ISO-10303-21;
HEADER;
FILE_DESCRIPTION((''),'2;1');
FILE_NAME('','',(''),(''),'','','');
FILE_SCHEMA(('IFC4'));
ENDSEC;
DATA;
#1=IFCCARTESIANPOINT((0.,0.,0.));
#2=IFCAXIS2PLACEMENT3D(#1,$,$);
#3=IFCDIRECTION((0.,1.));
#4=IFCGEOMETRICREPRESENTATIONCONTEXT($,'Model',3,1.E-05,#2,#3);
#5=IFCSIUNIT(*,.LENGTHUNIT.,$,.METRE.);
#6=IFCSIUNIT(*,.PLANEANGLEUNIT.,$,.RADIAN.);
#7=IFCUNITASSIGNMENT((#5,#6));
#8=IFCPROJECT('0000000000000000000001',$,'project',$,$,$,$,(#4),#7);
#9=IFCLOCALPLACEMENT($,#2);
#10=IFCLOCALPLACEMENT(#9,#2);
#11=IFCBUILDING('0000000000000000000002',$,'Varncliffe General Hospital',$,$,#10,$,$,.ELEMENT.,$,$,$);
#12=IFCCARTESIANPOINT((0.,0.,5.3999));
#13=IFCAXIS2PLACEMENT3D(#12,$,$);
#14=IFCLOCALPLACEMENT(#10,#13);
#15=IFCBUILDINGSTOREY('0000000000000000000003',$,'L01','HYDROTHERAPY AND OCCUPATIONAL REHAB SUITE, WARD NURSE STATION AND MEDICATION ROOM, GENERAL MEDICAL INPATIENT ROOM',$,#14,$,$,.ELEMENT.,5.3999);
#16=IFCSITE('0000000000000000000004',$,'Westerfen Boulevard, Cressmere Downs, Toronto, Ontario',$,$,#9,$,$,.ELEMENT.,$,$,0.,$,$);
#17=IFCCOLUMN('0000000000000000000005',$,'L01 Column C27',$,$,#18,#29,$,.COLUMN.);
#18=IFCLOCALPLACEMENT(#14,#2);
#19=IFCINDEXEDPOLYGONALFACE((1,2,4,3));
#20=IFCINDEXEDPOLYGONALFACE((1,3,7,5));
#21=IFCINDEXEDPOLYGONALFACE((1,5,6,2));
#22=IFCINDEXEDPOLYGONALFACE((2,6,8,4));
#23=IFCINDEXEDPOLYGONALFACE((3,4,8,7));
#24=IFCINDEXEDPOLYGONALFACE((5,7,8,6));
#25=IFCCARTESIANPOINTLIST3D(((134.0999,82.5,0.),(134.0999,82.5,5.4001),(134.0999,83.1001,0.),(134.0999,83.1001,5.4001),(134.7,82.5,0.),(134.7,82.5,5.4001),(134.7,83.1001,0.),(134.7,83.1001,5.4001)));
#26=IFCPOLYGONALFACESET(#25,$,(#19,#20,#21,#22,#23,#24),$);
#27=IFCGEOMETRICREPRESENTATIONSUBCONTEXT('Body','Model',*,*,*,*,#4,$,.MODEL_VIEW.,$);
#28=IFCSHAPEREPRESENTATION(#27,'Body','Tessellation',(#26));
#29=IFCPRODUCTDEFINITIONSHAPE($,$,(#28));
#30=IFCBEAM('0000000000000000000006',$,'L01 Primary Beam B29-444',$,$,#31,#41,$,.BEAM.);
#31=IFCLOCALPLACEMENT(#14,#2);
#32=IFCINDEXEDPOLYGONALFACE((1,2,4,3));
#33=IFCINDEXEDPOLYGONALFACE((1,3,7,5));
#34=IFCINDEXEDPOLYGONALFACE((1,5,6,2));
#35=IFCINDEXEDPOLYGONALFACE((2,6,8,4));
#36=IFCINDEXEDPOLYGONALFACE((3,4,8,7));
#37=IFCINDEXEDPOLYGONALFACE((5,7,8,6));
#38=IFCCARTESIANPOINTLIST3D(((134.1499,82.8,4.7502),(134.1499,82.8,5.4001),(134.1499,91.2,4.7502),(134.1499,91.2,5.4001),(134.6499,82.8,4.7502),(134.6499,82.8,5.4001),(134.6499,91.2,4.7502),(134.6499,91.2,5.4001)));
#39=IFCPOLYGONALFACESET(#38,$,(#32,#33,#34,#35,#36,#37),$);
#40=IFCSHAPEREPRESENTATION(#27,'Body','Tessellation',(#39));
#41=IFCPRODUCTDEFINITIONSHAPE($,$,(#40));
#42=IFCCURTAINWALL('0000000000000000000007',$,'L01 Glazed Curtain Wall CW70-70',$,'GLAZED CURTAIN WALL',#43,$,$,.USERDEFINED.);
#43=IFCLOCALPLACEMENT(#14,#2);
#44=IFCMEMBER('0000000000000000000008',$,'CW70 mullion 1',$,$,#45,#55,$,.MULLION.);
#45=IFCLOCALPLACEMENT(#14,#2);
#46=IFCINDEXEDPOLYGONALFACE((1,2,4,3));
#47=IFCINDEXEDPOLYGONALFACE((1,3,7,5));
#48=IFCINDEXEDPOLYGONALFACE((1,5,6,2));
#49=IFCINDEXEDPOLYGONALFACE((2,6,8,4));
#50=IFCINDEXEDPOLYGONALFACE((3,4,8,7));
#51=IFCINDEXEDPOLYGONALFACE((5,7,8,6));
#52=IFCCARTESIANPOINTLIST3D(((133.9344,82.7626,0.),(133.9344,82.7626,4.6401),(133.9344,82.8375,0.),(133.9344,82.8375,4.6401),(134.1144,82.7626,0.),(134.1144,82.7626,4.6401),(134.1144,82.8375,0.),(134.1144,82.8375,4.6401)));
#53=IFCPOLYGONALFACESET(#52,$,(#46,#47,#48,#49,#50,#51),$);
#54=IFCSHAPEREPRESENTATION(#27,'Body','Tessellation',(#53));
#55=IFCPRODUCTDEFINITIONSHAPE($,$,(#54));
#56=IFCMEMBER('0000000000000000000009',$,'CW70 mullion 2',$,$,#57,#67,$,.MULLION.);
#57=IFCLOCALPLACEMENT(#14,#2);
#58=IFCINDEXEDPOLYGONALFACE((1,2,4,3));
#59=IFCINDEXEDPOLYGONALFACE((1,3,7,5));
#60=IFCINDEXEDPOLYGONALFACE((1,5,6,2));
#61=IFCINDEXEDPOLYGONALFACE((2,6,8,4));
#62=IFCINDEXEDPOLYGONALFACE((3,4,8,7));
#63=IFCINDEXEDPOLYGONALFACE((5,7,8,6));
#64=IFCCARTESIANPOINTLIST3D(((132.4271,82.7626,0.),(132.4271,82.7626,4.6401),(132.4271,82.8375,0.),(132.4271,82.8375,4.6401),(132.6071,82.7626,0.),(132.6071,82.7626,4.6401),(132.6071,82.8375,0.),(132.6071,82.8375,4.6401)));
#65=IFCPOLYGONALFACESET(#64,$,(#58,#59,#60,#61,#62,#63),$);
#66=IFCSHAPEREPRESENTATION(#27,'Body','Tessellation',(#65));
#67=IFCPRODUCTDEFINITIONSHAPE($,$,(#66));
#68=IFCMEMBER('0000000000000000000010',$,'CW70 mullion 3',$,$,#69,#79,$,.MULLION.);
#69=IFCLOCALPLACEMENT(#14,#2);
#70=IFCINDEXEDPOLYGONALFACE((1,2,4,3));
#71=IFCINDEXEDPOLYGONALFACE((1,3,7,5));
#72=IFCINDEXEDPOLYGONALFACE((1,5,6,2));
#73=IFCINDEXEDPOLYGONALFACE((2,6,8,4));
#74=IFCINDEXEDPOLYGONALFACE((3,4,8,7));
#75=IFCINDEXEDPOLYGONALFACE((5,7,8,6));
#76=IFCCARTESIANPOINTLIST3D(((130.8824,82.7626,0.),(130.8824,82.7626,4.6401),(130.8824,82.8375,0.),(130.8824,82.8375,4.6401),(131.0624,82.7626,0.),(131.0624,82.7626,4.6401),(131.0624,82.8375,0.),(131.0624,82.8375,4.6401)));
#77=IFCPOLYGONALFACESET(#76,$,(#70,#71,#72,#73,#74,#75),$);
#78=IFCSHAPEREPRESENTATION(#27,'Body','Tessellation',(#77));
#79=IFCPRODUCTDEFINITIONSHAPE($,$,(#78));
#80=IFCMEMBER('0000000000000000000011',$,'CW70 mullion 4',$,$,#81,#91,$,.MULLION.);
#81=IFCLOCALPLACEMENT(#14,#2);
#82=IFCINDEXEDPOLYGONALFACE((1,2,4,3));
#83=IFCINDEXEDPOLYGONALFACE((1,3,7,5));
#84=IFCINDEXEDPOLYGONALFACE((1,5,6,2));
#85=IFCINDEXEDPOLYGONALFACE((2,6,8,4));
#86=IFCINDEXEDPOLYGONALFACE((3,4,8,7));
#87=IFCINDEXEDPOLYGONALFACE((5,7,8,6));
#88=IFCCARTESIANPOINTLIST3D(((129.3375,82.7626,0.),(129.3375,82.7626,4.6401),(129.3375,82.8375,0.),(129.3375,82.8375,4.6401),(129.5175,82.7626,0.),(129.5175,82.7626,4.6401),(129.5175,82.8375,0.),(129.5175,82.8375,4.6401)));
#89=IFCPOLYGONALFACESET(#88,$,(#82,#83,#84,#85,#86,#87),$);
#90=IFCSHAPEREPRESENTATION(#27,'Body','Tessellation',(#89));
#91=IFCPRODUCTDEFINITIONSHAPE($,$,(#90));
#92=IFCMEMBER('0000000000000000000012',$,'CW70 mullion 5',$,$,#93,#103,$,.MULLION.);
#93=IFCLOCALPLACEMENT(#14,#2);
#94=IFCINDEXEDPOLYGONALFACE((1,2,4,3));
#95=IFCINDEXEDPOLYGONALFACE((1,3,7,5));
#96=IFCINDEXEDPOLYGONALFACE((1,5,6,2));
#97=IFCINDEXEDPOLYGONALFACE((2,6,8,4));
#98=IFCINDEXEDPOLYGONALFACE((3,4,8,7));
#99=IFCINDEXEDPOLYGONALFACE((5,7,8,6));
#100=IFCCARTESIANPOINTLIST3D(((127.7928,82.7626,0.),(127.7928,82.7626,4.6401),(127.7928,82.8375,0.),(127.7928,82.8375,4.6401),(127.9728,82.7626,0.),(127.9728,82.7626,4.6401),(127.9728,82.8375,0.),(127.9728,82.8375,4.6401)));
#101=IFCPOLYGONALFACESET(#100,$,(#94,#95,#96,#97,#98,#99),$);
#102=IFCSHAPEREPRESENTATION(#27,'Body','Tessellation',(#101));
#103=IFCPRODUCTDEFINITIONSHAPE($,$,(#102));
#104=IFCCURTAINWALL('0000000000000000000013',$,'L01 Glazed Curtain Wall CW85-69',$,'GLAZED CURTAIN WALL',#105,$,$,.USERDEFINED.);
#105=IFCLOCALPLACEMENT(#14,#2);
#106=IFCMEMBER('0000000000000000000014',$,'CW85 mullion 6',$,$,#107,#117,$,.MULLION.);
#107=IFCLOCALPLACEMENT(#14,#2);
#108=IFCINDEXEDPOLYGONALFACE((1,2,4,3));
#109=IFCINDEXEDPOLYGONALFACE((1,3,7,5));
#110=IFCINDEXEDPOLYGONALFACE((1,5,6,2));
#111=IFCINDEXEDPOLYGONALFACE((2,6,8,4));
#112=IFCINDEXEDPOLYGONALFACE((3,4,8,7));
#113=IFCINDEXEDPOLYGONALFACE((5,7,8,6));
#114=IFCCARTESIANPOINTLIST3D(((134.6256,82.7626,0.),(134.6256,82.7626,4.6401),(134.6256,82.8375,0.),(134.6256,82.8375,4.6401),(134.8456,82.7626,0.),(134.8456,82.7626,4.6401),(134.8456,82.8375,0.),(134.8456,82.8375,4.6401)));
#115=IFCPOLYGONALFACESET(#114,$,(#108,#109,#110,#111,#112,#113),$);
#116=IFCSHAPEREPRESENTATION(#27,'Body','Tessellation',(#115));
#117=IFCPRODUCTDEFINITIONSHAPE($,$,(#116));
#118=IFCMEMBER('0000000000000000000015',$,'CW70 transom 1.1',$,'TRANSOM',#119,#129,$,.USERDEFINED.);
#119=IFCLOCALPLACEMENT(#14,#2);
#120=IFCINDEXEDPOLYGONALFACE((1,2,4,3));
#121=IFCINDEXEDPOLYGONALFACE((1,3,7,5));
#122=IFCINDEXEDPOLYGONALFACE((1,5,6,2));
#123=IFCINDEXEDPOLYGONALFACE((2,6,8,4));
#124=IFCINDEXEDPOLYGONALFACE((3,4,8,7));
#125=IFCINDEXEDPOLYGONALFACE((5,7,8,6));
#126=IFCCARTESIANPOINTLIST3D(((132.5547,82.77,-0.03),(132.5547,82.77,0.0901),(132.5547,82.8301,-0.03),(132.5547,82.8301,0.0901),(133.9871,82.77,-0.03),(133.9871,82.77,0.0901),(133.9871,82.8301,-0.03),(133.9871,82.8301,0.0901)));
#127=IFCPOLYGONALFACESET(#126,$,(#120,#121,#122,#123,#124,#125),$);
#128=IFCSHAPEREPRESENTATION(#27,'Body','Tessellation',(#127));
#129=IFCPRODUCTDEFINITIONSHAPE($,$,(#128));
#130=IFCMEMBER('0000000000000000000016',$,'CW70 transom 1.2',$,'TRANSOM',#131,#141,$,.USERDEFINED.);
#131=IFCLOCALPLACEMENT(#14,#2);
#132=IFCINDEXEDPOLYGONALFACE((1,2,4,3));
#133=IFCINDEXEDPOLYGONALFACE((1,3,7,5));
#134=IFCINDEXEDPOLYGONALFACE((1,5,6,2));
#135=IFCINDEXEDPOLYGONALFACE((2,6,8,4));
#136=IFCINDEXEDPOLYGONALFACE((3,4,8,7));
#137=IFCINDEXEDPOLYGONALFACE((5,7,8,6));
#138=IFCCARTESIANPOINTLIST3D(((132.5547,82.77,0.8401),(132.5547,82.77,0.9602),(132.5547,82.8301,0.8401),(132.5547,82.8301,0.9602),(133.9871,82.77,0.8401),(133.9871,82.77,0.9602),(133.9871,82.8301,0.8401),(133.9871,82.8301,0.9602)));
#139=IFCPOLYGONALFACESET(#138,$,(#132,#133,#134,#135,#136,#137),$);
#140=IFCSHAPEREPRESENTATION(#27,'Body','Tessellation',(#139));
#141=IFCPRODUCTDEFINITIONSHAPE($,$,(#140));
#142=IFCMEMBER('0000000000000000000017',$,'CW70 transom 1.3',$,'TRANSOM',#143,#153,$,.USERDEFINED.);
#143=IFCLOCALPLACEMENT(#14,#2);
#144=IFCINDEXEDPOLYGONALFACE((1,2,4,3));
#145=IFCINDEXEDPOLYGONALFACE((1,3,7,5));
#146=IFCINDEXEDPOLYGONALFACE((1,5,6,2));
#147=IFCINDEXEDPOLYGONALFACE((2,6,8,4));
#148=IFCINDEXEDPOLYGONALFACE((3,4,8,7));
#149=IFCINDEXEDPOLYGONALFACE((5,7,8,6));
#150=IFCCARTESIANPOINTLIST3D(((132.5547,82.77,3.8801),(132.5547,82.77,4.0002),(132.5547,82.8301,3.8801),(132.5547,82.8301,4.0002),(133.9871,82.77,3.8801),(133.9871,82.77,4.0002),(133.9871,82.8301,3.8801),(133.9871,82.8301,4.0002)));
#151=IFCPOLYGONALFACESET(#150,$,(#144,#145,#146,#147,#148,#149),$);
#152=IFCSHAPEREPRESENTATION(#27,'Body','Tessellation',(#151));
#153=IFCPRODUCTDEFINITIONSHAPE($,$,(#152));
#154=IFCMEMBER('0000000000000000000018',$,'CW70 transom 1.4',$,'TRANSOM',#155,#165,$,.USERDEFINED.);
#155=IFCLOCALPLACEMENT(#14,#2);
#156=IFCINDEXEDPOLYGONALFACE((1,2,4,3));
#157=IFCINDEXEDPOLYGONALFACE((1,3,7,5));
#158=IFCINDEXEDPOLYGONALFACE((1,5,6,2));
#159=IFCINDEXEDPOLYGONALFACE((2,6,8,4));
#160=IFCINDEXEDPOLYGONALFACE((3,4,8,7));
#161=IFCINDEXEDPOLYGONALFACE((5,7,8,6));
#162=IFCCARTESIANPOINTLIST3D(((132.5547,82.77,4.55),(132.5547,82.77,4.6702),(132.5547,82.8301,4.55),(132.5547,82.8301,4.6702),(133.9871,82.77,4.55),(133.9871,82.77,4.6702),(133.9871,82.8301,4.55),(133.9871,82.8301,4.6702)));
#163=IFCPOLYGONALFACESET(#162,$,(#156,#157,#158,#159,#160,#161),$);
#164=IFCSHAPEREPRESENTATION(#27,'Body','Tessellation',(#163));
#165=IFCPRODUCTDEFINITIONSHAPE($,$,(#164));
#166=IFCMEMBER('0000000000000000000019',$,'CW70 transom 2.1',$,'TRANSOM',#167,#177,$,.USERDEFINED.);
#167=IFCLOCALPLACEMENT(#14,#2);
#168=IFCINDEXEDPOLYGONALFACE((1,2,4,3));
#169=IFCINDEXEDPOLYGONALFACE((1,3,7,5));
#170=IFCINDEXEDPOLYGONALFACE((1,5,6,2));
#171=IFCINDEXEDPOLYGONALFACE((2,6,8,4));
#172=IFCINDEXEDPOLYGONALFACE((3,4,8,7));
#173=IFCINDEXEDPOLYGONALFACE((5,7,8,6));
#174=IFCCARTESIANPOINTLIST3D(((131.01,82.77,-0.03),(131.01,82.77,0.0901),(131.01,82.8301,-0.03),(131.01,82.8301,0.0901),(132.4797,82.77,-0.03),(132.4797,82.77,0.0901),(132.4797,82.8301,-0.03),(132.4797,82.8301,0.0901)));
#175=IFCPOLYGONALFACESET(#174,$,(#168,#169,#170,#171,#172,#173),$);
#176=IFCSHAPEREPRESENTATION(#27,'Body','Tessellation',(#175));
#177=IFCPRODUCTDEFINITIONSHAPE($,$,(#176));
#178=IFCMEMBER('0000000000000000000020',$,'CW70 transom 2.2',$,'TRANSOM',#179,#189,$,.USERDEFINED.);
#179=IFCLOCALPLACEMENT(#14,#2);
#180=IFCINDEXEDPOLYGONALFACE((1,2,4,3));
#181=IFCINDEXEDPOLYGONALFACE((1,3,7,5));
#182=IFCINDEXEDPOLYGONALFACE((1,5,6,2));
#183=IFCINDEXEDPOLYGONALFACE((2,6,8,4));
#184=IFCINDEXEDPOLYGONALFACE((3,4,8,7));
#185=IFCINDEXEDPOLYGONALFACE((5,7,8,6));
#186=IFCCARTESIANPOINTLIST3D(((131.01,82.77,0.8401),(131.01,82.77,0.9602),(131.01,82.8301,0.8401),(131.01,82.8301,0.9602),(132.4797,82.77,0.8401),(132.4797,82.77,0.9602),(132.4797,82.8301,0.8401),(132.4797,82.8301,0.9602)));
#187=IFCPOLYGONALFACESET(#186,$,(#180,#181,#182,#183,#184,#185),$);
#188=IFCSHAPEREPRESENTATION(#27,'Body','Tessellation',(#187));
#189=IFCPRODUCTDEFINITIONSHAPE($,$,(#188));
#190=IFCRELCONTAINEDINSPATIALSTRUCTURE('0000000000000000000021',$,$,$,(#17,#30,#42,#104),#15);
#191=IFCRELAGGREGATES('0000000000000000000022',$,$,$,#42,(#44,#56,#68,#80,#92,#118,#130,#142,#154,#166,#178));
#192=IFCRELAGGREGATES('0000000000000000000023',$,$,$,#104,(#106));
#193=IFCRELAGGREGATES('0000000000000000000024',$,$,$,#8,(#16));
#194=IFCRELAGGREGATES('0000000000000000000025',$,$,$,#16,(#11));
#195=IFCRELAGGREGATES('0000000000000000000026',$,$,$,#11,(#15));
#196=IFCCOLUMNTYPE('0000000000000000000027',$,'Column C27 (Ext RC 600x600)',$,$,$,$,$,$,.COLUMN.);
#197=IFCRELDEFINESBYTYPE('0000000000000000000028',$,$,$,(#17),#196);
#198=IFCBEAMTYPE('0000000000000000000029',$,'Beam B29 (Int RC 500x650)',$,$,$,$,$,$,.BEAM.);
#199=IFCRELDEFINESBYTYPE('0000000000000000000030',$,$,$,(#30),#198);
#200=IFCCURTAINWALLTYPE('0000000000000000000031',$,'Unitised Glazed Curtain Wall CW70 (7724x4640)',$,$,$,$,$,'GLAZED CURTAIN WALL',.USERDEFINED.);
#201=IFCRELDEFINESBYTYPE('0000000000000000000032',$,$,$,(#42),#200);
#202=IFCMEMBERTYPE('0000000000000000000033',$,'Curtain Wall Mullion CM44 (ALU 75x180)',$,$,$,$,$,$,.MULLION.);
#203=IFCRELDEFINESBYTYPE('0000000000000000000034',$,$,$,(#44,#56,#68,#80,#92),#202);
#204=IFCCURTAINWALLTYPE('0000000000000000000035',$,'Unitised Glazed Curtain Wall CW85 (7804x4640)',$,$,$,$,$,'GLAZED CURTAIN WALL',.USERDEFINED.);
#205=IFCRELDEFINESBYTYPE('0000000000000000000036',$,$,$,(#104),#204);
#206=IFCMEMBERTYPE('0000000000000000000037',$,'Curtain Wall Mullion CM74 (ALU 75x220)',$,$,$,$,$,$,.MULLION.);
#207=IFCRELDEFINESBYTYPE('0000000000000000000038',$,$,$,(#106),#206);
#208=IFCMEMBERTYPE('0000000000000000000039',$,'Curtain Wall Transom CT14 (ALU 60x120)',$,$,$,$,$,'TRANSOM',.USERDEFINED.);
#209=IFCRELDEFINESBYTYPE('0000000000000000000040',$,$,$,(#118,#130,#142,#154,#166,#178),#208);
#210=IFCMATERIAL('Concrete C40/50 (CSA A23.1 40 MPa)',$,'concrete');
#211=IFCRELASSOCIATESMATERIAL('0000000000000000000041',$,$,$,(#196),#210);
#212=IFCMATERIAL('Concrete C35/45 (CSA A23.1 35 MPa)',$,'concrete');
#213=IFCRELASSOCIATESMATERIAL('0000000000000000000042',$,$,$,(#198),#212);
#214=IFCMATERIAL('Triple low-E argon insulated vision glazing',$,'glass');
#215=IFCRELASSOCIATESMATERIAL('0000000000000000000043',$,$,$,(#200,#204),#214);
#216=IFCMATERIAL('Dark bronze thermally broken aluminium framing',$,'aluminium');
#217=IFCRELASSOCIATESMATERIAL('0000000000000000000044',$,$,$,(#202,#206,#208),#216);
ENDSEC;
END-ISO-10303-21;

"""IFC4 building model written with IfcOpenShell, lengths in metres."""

from ifc_helpers import new_model, si_unit, direction, frame, origin, origin_2d, place, context, subcontext, project, spatial, rectangle, extrude, material, material_profile, profile_set, type_object, element, aggregate, save


model = new_model("IFC4")

# Units and contexts
model_context = context("Model", 3, precision=1e-05, world=origin(), true_north=direction((0.0, 1.0)))
body_context = subcontext(model_context, "Body", "Model", "MODEL_VIEW")
ifc_project = project(units=[si_unit("LENGTHUNIT", "METRE"), si_unit("PLANEANGLEUNIT", "RADIAN")], contexts=[model_context])

# Site, building, storey
site_placement = place(None, origin())
site = spatial("IfcSite", under=ifc_project, at=site_placement, Name="Westerfen Boulevard, Cressmere Downs, Toronto, Ontario", CompositionType="ELEMENT", RefElevation=0.0)
building_placement = place(site_placement, origin())
building = spatial("IfcBuilding", under=site, at=building_placement, Name="Varncliffe General Hospital", CompositionType="ELEMENT")
storey_placement = place(building_placement, frame((0.0, 0.0, 5.3999)))
storey = spatial("IfcBuildingStorey", under=building, at=storey_placement, Name="L01", Description="HYDROTHERAPY AND OCCUPATIONAL REHAB SUITE, WARD NURSE STATION AND MEDICATION ROOM, GENERAL MEDICAL INPATIENT ROOM", CompositionType="ELEMENT", Elevation=5.3999)

# Column
ifc_material_1 = material(Name="Concrete C40/50 (CSA A23.1 40 MPa)", Category="concrete")
ifc_material_profile_1 = material_profile(ifc_material_1, rectangle(XDim=0.6001, YDim=0.6001, at=origin_2d()), Name="RC 600x600")
ifc_profile_set_1 = profile_set([ifc_material_profile_1], Name="Concrete C40/50 (CSA A23.1 40 MPa)")
column_type = type_object("IfcColumnType", Name="Column C27 (Ext RC 600x600)", PredefinedType="COLUMN", material=ifc_profile_set_1)
column_placement = place(storey_placement, frame((134.3999, 82.8, 0.0), z_axis=(0.0, 0.0, 1.0), x_axis=(1.0, 0.0, 0.0)))
element("IfcColumn", 1, at=column_placement, inside=storey, type_object=column_type, Name="L01 Column C27", PredefinedType="COLUMN", context=body_context, shape_type="SweptSolid", body=[
    extrude(rectangle(XDim=0.6001, YDim=0.6001, at=origin_2d()), origin(), (0.0, 0.0, 1.0), 5.4001),
])

# Beam
ifc_material_2 = material(Name="Concrete C35/45 (CSA A23.1 35 MPa)", Category="concrete")
ifc_material_profile_2 = material_profile(ifc_material_2, rectangle(XDim=0.5, YDim=0.6499, at=origin_2d()), Name="RC 500x650")
ifc_profile_set_2 = profile_set([ifc_material_profile_2], Name="Concrete C35/45 (CSA A23.1 35 MPa)")
beam_type_1 = type_object("IfcBeamType", Name="Beam B29 (Int RC 500x650)", PredefinedType="BEAM", material=ifc_profile_set_2)
beam_1_placement = place(storey_placement, frame((134.3999, 82.8, 5.0752), z_axis=(0.0, 1.0, 0.0), x_axis=(-1.0, 0.0, 0.0)))
element("IfcBeam", 2, at=beam_1_placement, inside=storey, type_object=beam_type_1, Name="L01 Primary Beam B29-444", PredefinedType="BEAM", context=body_context, shape_type="SweptSolid", body=[
    extrude(rectangle(XDim=0.5, YDim=0.6499, at=origin_2d()), origin(), (0.0, 0.0, 1.0), 8.3999),
])

# Curtain wall, members
ifc_material_3 = material(Name="Triple low-E argon insulated vision glazing", Category="glass")
curtain_wall_type_1 = type_object("IfcCurtainWallType", Name="Unitised Glazed Curtain Wall CW70 (7724x4640)", ElementType="GLAZED CURTAIN WALL", PredefinedType="USERDEFINED", material=ifc_material_3)
curtain_wall_1_placement = place(storey_placement, origin())
curtain_wall_1 = element("IfcCurtainWall", 3, at=curtain_wall_1_placement, inside=storey, type_object=curtain_wall_type_1, Name="L01 Glazed Curtain Wall CW70-70", ObjectType="GLAZED CURTAIN WALL", PredefinedType="USERDEFINED")
ifc_material_4 = material(Name="Dark bronze thermally broken aluminium framing", Category="aluminium")
ifc_material_profile_3 = material_profile(ifc_material_4, rectangle(XDim=0.075, YDim=0.1799, at=origin_2d()), Name="ALU 75x180")
ifc_profile_set_3 = profile_set([ifc_material_profile_3], Name="Dark bronze thermally broken aluminium framing")
member_type_1 = type_object("IfcMemberType", Name="Curtain Wall Mullion CM44 (ALU 75x180)", PredefinedType="MULLION", material=ifc_profile_set_3)
member_1_placement = place(storey_placement, frame((134.0244, 82.8, 0.0), z_axis=(0.0, 0.0, 1.0), x_axis=(0.0, -1.0, 0.0)))
member_1 = element("IfcMember", 4, at=member_1_placement, type_object=member_type_1, Name="CW70 mullion 1", PredefinedType="MULLION", context=body_context, shape_type="SweptSolid", body=[
    extrude(rectangle(XDim=0.075, YDim=0.1799, at=origin_2d()), origin(), (0.0, 0.0, 1.0), 4.6401),
])
member_2_placement = place(storey_placement, frame((132.5171, 82.8, 0.0), z_axis=(0.0, 0.0, 1.0), x_axis=(0.0, -1.0, 0.0)))
member_2 = element("IfcMember", 5, at=member_2_placement, type_object=member_type_1, Name="CW70 mullion 2", PredefinedType="MULLION", context=body_context, shape_type="SweptSolid", body=[
    extrude(rectangle(XDim=0.075, YDim=0.1799, at=origin_2d()), origin(), (0.0, 0.0, 1.0), 4.6401),
])
member_3_placement = place(storey_placement, frame((130.9724, 82.8, 0.0), z_axis=(0.0, 0.0, 1.0), x_axis=(0.0, -1.0, 0.0)))
member_3 = element("IfcMember", 6, at=member_3_placement, type_object=member_type_1, Name="CW70 mullion 3", PredefinedType="MULLION", context=body_context, shape_type="SweptSolid", body=[
    extrude(rectangle(XDim=0.075, YDim=0.1799, at=origin_2d()), origin(), (0.0, 0.0, 1.0), 4.6401),
])
member_4_placement = place(storey_placement, frame((129.4275, 82.8, 0.0), z_axis=(0.0, 0.0, 1.0), x_axis=(0.0, -1.0, 0.0)))
member_4 = element("IfcMember", 7, at=member_4_placement, type_object=member_type_1, Name="CW70 mullion 4", PredefinedType="MULLION", context=body_context, shape_type="SweptSolid", body=[
    extrude(rectangle(XDim=0.075, YDim=0.1799, at=origin_2d()), origin(), (0.0, 0.0, 1.0), 4.6401),
])
member_5_placement = place(storey_placement, frame((127.8828, 82.8, 0.0), z_axis=(0.0, 0.0, 1.0), x_axis=(0.0, -1.0, 0.0)))
member_5 = element("IfcMember", 8, at=member_5_placement, type_object=member_type_1, Name="CW70 mullion 5", PredefinedType="MULLION", context=body_context, shape_type="SweptSolid", body=[
    extrude(rectangle(XDim=0.075, YDim=0.1799, at=origin_2d()), origin(), (0.0, 0.0, 1.0), 4.6401),
])

# Curtain wall, member
curtain_wall_type_2 = type_object("IfcCurtainWallType", Name="Unitised Glazed Curtain Wall CW85 (7804x4640)", ElementType="GLAZED CURTAIN WALL", PredefinedType="USERDEFINED", material=ifc_material_3)
curtain_wall_2_placement = place(storey_placement, origin())
curtain_wall_2 = element("IfcCurtainWall", 9, at=curtain_wall_2_placement, inside=storey, type_object=curtain_wall_type_2, Name="L01 Glazed Curtain Wall CW85-69", ObjectType="GLAZED CURTAIN WALL", PredefinedType="USERDEFINED")
ifc_material_profile_4 = material_profile(ifc_material_4, rectangle(XDim=0.075, YDim=0.22, at=origin_2d()), Name="ALU 75x220")
ifc_profile_set_4 = profile_set([ifc_material_profile_4], Name="Dark bronze thermally broken aluminium framing")
member_type_2 = type_object("IfcMemberType", Name="Curtain Wall Mullion CM74 (ALU 75x220)", PredefinedType="MULLION", material=ifc_profile_set_4)
member_6_placement = place(storey_placement, frame((134.7356, 82.8, 0.0), z_axis=(0.0, 0.0, 1.0), x_axis=(0.0, -1.0, 0.0)))
member_6 = element("IfcMember", 10, at=member_6_placement, type_object=member_type_2, Name="CW85 mullion 6", PredefinedType="MULLION", context=body_context, shape_type="SweptSolid", body=[
    extrude(rectangle(XDim=0.075, YDim=0.22, at=origin_2d()), origin(), (0.0, 0.0, 1.0), 4.6401),
])

# Members
ifc_material_profile_5 = material_profile(ifc_material_4, rectangle(XDim=0.0601, YDim=0.1201, at=origin_2d()), Name="ALU 60x120")
ifc_profile_set_5 = profile_set([ifc_material_profile_5], Name="Dark bronze thermally broken aluminium framing")
member_type_3 = type_object("IfcMemberType", Name="Curtain Wall Transom CT14 (ALU 60x120)", ElementType="TRANSOM", PredefinedType="USERDEFINED", material=ifc_profile_set_5)
member_7_placement = place(storey_placement, frame((133.9871, 82.8, 0.03), z_axis=(-1.0, 0.0, 0.0), x_axis=(0.0, -1.0, 0.0)))
member_7 = element("IfcMember", 11, at=member_7_placement, type_object=member_type_3, Name="CW70 transom 1.1", ObjectType="TRANSOM", PredefinedType="USERDEFINED", context=body_context, shape_type="SweptSolid", body=[
    extrude(rectangle(XDim=0.0601, YDim=0.1201, at=origin_2d()), origin(), (0.0, 0.0, 1.0), 1.4324),
])
member_8_placement = place(storey_placement, frame((133.9871, 82.8, 0.9001), z_axis=(-1.0, 0.0, 0.0), x_axis=(0.0, -1.0, 0.0)))
member_8 = element("IfcMember", 12, at=member_8_placement, type_object=member_type_3, Name="CW70 transom 1.2", ObjectType="TRANSOM", PredefinedType="USERDEFINED", context=body_context, shape_type="SweptSolid", body=[
    extrude(rectangle(XDim=0.0601, YDim=0.1201, at=origin_2d()), origin(), (0.0, 0.0, 1.0), 1.4324),
])
member_9_placement = place(storey_placement, frame((133.9871, 82.8, 3.9402), z_axis=(-1.0, 0.0, 0.0), x_axis=(0.0, -1.0, 0.0)))
member_9 = element("IfcMember", 13, at=member_9_placement, type_object=member_type_3, Name="CW70 transom 1.3", ObjectType="TRANSOM", PredefinedType="USERDEFINED", context=body_context, shape_type="SweptSolid", body=[
    extrude(rectangle(XDim=0.0601, YDim=0.1201, at=origin_2d()), origin(), (0.0, 0.0, 1.0), 1.4324),
])
member_10_placement = place(storey_placement, frame((133.9871, 82.8, 4.6101), z_axis=(-1.0, 0.0, 0.0), x_axis=(0.0, -1.0, 0.0)))
member_10 = element("IfcMember", 14, at=member_10_placement, type_object=member_type_3, Name="CW70 transom 1.4", ObjectType="TRANSOM", PredefinedType="USERDEFINED", context=body_context, shape_type="SweptSolid", body=[
    extrude(rectangle(XDim=0.0601, YDim=0.1201, at=origin_2d()), origin(), (0.0, 0.0, 1.0), 1.4324),
])
member_11_placement = place(storey_placement, frame((132.4797, 82.8, 0.03), z_axis=(-1.0, 0.0, 0.0), x_axis=(0.0, -1.0, 0.0)))
member_11 = element("IfcMember", 15, at=member_11_placement, type_object=member_type_3, Name="CW70 transom 2.1", ObjectType="TRANSOM", PredefinedType="USERDEFINED", context=body_context, shape_type="SweptSolid", body=[
    extrude(rectangle(XDim=0.0601, YDim=0.1201, at=origin_2d()), origin(), (0.0, 0.0, 1.0), 1.4697),
])
member_12_placement = place(storey_placement, frame((132.4797, 82.8, 0.9001), z_axis=(-1.0, 0.0, 0.0), x_axis=(0.0, -1.0, 0.0)))
member_12 = element("IfcMember", 16, at=member_12_placement, type_object=member_type_3, Name="CW70 transom 2.2", ObjectType="TRANSOM", PredefinedType="USERDEFINED", context=body_context, shape_type="SweptSolid", body=[
    extrude(rectangle(XDim=0.0601, YDim=0.1201, at=origin_2d()), origin(), (0.0, 0.0, 1.0), 1.4697),
])

aggregate(curtain_wall_1, [member_1, member_2, member_3, member_4, member_5, member_7, member_8, member_9, member_10, member_11, member_12])
aggregate(curtain_wall_2, [member_6])

save(model, "model.ifc")
